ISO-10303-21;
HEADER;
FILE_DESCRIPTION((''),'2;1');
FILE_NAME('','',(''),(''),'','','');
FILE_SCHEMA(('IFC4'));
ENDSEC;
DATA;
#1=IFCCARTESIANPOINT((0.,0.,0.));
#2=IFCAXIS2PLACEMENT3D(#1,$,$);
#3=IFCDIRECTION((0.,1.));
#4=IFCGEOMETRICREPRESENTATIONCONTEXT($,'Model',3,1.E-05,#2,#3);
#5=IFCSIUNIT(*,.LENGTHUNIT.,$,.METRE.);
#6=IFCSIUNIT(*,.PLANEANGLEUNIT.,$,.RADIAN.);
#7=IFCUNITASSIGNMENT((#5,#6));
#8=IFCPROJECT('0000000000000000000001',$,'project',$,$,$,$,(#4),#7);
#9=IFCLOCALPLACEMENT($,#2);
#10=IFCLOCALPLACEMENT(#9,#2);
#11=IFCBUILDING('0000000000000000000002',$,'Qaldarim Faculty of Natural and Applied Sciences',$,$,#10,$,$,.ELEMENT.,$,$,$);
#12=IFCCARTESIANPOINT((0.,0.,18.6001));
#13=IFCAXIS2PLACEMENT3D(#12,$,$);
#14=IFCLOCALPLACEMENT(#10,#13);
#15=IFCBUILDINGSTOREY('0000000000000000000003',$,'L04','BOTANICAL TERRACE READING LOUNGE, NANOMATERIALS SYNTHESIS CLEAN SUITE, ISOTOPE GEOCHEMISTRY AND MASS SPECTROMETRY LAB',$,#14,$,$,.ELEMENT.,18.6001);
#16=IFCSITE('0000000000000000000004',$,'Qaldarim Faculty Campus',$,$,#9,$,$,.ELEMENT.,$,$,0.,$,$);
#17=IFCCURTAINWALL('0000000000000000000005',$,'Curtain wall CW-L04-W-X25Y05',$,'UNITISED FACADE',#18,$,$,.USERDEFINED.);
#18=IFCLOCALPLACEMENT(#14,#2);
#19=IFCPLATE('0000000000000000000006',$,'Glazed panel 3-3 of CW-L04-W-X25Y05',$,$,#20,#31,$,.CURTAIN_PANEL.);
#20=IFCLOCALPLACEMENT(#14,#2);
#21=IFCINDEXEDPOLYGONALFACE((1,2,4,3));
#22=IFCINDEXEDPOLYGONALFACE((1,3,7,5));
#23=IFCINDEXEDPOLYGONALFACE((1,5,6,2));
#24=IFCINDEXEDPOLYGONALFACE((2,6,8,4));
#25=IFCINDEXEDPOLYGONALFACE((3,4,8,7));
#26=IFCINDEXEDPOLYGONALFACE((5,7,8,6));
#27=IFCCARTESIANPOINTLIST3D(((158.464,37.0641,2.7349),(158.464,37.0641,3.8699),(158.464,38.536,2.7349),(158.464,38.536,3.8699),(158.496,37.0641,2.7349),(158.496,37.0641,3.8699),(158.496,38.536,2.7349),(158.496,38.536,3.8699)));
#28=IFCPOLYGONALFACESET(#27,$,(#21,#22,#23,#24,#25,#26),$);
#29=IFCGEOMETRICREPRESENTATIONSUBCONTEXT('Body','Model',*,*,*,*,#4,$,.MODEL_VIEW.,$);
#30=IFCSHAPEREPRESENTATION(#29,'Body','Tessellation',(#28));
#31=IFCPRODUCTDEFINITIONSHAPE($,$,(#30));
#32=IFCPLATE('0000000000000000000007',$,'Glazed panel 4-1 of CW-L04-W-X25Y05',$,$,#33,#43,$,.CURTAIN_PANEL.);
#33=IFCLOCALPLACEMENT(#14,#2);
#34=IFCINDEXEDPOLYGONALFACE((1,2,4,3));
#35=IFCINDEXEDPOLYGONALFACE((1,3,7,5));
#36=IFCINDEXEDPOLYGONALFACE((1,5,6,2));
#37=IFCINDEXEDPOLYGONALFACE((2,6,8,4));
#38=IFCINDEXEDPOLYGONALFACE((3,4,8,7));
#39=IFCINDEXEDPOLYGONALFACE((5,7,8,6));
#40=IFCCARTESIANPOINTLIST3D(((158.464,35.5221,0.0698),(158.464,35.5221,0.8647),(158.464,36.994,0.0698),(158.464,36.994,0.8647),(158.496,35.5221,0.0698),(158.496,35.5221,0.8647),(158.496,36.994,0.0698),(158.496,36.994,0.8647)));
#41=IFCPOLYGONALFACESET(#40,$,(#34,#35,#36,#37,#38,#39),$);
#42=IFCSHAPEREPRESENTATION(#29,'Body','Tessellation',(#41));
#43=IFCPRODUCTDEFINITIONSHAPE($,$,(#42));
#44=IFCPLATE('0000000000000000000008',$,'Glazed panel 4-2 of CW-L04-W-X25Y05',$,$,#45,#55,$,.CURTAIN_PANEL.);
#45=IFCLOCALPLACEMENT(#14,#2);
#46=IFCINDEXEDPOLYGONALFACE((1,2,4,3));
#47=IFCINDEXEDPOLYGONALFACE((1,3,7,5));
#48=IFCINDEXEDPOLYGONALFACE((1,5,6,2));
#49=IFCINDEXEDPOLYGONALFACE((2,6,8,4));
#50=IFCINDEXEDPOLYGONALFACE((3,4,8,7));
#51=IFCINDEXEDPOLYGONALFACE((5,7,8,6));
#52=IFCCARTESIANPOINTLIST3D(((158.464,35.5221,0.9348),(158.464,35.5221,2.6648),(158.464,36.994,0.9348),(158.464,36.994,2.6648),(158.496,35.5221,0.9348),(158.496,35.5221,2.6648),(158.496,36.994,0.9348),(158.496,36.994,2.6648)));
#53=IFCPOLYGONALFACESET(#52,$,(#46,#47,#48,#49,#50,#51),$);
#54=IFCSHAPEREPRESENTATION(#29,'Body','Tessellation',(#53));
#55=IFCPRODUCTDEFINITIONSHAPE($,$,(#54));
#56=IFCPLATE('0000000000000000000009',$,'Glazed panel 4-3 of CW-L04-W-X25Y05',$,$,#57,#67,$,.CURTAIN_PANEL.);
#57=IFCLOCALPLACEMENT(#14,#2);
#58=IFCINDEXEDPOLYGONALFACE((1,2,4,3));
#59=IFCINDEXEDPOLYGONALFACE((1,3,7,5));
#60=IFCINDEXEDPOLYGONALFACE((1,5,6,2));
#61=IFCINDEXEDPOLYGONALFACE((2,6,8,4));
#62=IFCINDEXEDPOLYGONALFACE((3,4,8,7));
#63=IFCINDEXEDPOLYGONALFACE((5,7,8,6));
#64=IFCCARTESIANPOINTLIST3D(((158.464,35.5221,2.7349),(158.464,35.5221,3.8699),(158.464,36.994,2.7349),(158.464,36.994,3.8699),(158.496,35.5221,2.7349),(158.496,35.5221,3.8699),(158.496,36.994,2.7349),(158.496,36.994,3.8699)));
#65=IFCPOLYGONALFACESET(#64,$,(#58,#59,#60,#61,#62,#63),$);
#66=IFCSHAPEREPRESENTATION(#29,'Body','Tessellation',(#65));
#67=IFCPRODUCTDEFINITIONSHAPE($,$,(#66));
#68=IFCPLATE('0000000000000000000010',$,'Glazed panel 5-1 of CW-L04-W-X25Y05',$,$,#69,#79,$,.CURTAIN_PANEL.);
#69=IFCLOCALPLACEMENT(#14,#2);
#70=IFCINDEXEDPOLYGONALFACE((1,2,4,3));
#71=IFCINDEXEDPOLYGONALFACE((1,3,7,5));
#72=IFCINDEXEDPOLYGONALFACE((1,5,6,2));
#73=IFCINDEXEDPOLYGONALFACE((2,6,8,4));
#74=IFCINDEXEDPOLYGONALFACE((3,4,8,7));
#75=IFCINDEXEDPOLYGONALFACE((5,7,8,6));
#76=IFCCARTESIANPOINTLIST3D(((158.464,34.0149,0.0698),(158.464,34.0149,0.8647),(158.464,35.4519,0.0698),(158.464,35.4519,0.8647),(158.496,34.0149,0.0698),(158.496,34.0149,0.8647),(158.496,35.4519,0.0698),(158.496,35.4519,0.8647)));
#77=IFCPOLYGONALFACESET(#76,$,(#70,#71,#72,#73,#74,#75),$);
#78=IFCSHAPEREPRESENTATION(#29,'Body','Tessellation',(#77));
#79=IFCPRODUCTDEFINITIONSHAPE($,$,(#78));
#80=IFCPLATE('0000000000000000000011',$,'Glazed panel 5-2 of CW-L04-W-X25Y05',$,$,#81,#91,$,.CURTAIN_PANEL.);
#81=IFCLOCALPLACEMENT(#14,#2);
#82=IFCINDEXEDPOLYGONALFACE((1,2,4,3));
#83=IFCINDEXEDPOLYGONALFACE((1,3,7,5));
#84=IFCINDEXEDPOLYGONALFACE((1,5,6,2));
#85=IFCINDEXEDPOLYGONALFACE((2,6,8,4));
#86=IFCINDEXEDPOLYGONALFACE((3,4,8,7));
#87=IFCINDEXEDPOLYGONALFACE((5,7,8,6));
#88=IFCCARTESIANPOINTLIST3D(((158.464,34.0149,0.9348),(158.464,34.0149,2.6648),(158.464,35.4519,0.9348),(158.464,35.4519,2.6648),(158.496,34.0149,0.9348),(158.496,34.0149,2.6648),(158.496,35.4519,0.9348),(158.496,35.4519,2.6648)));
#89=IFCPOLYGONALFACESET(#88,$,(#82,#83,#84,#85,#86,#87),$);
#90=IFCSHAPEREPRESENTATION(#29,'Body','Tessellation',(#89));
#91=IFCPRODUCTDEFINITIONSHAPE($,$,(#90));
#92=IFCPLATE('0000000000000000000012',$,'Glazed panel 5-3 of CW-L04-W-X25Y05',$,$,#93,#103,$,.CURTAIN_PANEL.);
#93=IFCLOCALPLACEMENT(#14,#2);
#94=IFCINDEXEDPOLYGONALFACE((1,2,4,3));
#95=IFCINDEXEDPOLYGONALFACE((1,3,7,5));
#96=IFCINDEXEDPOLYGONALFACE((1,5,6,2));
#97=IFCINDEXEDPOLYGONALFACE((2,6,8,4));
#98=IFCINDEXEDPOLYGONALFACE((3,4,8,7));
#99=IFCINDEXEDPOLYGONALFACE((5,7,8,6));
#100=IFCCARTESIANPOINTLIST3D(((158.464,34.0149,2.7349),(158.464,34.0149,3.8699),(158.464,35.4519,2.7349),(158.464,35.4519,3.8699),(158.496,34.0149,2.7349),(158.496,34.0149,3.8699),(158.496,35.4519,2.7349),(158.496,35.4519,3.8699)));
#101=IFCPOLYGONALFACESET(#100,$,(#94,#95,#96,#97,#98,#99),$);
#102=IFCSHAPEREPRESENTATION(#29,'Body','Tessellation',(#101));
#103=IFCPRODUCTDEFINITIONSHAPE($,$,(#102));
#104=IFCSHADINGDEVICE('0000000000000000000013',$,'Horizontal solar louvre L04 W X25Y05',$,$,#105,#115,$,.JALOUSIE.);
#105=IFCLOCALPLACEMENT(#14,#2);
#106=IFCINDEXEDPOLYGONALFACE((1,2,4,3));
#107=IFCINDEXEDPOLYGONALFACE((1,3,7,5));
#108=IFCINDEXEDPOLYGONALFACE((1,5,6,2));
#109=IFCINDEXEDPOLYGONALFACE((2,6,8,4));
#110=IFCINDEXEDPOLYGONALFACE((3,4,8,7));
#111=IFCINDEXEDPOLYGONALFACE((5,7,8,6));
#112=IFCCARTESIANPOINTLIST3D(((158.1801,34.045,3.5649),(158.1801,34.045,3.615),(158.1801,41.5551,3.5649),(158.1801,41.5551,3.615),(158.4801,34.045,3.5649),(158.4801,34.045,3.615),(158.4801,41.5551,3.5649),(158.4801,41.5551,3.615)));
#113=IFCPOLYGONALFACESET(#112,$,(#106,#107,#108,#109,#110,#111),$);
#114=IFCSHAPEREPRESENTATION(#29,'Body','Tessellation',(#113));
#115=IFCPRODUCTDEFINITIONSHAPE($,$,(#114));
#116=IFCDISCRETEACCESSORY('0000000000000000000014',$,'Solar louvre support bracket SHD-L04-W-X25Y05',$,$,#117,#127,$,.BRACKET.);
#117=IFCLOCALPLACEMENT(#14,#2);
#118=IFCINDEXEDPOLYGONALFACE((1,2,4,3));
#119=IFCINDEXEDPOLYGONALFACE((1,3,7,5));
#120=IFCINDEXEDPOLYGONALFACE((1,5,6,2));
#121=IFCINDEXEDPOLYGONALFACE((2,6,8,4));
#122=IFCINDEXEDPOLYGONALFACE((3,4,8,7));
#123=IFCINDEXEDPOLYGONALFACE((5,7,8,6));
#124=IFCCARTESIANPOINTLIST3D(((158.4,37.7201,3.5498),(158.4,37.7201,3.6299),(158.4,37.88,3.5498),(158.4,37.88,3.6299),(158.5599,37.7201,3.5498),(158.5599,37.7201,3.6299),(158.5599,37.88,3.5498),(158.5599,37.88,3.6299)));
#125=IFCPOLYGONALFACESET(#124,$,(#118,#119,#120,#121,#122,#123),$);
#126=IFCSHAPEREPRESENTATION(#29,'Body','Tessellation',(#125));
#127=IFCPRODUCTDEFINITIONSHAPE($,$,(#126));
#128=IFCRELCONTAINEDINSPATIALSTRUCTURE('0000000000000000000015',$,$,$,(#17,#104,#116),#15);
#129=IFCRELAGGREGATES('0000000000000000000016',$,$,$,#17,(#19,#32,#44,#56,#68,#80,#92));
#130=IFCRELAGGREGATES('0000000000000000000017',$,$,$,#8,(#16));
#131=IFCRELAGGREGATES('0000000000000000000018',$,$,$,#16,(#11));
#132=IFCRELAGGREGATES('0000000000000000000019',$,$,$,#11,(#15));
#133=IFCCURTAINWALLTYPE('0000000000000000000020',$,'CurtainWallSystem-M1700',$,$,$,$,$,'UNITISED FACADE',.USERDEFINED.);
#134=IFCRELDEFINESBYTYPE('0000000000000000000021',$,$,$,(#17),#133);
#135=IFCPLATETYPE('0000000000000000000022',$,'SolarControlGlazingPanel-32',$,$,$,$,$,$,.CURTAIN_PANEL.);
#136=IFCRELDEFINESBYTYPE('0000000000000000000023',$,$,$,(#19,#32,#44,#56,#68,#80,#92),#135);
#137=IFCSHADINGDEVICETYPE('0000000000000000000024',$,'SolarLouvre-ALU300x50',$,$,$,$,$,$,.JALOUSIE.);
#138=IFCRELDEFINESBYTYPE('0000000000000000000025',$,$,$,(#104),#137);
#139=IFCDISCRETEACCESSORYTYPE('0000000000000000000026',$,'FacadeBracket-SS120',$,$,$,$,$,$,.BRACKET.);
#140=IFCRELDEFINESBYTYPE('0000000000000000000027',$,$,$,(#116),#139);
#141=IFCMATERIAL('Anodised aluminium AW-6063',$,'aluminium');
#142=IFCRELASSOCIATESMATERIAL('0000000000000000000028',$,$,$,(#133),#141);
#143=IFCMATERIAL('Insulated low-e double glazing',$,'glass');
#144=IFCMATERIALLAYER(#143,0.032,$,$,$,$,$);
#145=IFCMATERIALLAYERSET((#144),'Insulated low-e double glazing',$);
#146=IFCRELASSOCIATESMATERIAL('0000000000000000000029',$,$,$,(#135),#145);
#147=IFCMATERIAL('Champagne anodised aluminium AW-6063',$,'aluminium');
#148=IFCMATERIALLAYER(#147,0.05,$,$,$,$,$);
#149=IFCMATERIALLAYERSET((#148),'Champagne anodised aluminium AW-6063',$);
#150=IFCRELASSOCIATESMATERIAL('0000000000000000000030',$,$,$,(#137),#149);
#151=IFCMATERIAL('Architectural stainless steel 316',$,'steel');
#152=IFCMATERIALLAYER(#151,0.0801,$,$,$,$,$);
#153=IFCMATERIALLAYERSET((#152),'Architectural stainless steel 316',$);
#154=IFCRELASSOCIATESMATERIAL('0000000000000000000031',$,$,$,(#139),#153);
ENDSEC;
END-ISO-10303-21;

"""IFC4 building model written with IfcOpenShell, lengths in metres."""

from ifc_helpers import new_model, si_unit, direction, frame, origin, origin_2d, place, context, subcontext, project, spatial, rectangle, extrude, material, layer, layer_set, type_object, element, aggregate, save


model = new_model("IFC4")

# Units and contexts
model_context = context("Model", 3, precision=1e-05, world=origin(), true_north=direction((0.0, 1.0)))
body_context = subcontext(model_context, "Body", "Model", "MODEL_VIEW")
ifc_project = project(units=[si_unit("LENGTHUNIT", "METRE"), si_unit("PLANEANGLEUNIT", "RADIAN")], contexts=[model_context])

# Site, building, storey
site_placement = place(None, origin())
site = spatial("IfcSite", under=ifc_project, at=site_placement, Name="Qaldarim Faculty Campus", CompositionType="ELEMENT", RefElevation=0.0)
building_placement = place(site_placement, origin())
building = spatial("IfcBuilding", under=site, at=building_placement, Name="Qaldarim Faculty of Natural and Applied Sciences", CompositionType="ELEMENT")
storey_placement = place(building_placement, frame((0.0, 0.0, 18.6001)))
storey = spatial("IfcBuildingStorey", under=building, at=storey_placement, Name="L04", Description="BOTANICAL TERRACE READING LOUNGE, NANOMATERIALS SYNTHESIS CLEAN SUITE, ISOTOPE GEOCHEMISTRY AND MASS SPECTROMETRY LAB", CompositionType="ELEMENT", Elevation=18.6001)

# Curtain wall, plates
ifc_material_1 = material(Name="Anodised aluminium AW-6063", Category="aluminium")
curtain_wall_type = type_object("IfcCurtainWallType", Name="CurtainWallSystem-M1700", ElementType="UNITISED FACADE", PredefinedType="USERDEFINED", material=ifc_material_1)
curtain_wall_placement = place(storey_placement, origin())
curtain_wall = element("IfcCurtainWall", 1, at=curtain_wall_placement, inside=storey, type_object=curtain_wall_type, Name="Curtain wall CW-L04-W-X25Y05", ObjectType="UNITISED FACADE", PredefinedType="USERDEFINED")
ifc_material_2 = material(Name="Insulated low-e double glazing", Category="glass")
ifc_layer_1 = layer(ifc_material_2, 0.032)
ifc_layer_set_1 = layer_set([ifc_layer_1], Name="Insulated low-e double glazing")
plate_type = type_object("IfcPlateType", Name="SolarControlGlazingPanel-32", PredefinedType="CURTAIN_PANEL", material=ifc_layer_set_1)
plate_1_placement = place(storey_placement, frame((158.48, 37.8, 2.7349), z_axis=(0.0, 0.0, 1.0), x_axis=(0.0, -1.0, 0.0)))
plate_1 = element("IfcPlate", 2, at=plate_1_placement, type_object=plate_type, Name="Glazed panel 3-3 of CW-L04-W-X25Y05", PredefinedType="CURTAIN_PANEL", context=body_context, shape_type="SweptSolid", body=[
    extrude(rectangle(XDim=1.4719, YDim=0.032, at=origin_2d()), origin(), (0.0, 0.0, 1.0), 1.135),
])
plate_2_placement = place(storey_placement, frame((158.48, 36.2581, 0.0698), z_axis=(0.0, 0.0, 1.0), x_axis=(0.0, -1.0, 0.0)))
plate_2 = element("IfcPlate", 3, at=plate_2_placement, type_object=plate_type, Name="Glazed panel 4-1 of CW-L04-W-X25Y05", PredefinedType="CURTAIN_PANEL", context=body_context, shape_type="SweptSolid", body=[
    extrude(rectangle(XDim=1.4719, YDim=0.032, at=origin_2d()), origin(), (0.0, 0.0, 1.0), 0.7949),
])
plate_3_placement = place(storey_placement, frame((158.48, 36.2581, 0.9348), z_axis=(0.0, 0.0, 1.0), x_axis=(0.0, -1.0, 0.0)))
plate_3 = element("IfcPlate", 4, at=plate_3_placement, type_object=plate_type, Name="Glazed panel 4-2 of CW-L04-W-X25Y05", PredefinedType="CURTAIN_PANEL", context=body_context, shape_type="SweptSolid", body=[
    extrude(rectangle(XDim=1.4719, YDim=0.032, at=origin_2d()), origin(), (0.0, 0.0, 1.0), 1.73),
])
plate_4_placement = place(storey_placement, frame((158.48, 36.2581, 2.7349), z_axis=(0.0, 0.0, 1.0), x_axis=(0.0, -1.0, 0.0)))
plate_4 = element("IfcPlate", 5, at=plate_4_placement, type_object=plate_type, Name="Glazed panel 4-3 of CW-L04-W-X25Y05", PredefinedType="CURTAIN_PANEL", context=body_context, shape_type="SweptSolid", body=[
    extrude(rectangle(XDim=1.4719, YDim=0.032, at=origin_2d()), origin(), (0.0, 0.0, 1.0), 1.135),
])
plate_5_placement = place(storey_placement, frame((158.48, 34.7334, 0.0698), z_axis=(0.0, 0.0, 1.0), x_axis=(0.0, -1.0, 0.0)))
plate_5 = element("IfcPlate", 6, at=plate_5_placement, type_object=plate_type, Name="Glazed panel 5-1 of CW-L04-W-X25Y05", PredefinedType="CURTAIN_PANEL", context=body_context, shape_type="SweptSolid", body=[
    extrude(rectangle(XDim=1.437, YDim=0.032, at=origin_2d()), origin(), (0.0, 0.0, 1.0), 0.7949),
])
plate_6_placement = place(storey_placement, frame((158.48, 34.7334, 0.9348), z_axis=(0.0, 0.0, 1.0), x_axis=(0.0, -1.0, 0.0)))
plate_6 = element("IfcPlate", 7, at=plate_6_placement, type_object=plate_type, Name="Glazed panel 5-2 of CW-L04-W-X25Y05", PredefinedType="CURTAIN_PANEL", context=body_context, shape_type="SweptSolid", body=[
    extrude(rectangle(XDim=1.437, YDim=0.032, at=origin_2d()), origin(), (0.0, 0.0, 1.0), 1.73),
])
plate_7_placement = place(storey_placement, frame((158.48, 34.7334, 2.7349), z_axis=(0.0, 0.0, 1.0), x_axis=(0.0, -1.0, 0.0)))
plate_7 = element("IfcPlate", 8, at=plate_7_placement, type_object=plate_type, Name="Glazed panel 5-3 of CW-L04-W-X25Y05", PredefinedType="CURTAIN_PANEL", context=body_context, shape_type="SweptSolid", body=[
    extrude(rectangle(XDim=1.437, YDim=0.032, at=origin_2d()), origin(), (0.0, 0.0, 1.0), 1.135),
])
aggregate(curtain_wall, [plate_1, plate_2, plate_3, plate_4, plate_5, plate_6, plate_7])

# Shading device
ifc_material_3 = material(Name="Champagne anodised aluminium AW-6063", Category="aluminium")
ifc_layer_2 = layer(ifc_material_3, 0.05)
ifc_layer_set_2 = layer_set([ifc_layer_2], Name="Champagne anodised aluminium AW-6063")
shading_device_type = type_object("IfcShadingDeviceType", Name="SolarLouvre-ALU300x50", PredefinedType="JALOUSIE", material=ifc_layer_set_2)
shading_device_placement = place(storey_placement, frame((158.3301, 37.8, 3.5649), z_axis=(0.0, 0.0, 1.0), x_axis=(0.0, 1.0, 0.0)))
element("IfcShadingDevice", 9, at=shading_device_placement, inside=storey, type_object=shading_device_type, Name="Horizontal solar louvre L04 W X25Y05", PredefinedType="JALOUSIE", context=body_context, shape_type="SweptSolid", body=[
    extrude(rectangle(XDim=7.51, YDim=0.3, at=origin_2d()), origin(), (0.0, 0.0, 1.0), 0.05),
])

# Discrete accessory
ifc_material_4 = material(Name="Architectural stainless steel 316", Category="steel")
ifc_layer_3 = layer(ifc_material_4, 0.0801)
ifc_layer_set_3 = layer_set([ifc_layer_3], Name="Architectural stainless steel 316")
discrete_accessory_type = type_object("IfcDiscreteAccessoryType", Name="FacadeBracket-SS120", PredefinedType="BRACKET", material=ifc_layer_set_3)
discrete_accessory_placement = place(storey_placement, frame((158.48, 37.8, 3.5498), z_axis=(0.0, 0.0, 1.0), x_axis=(0.0, 1.0, 0.0)))
element("IfcDiscreteAccessory", 10, at=discrete_accessory_placement, inside=storey, type_object=discrete_accessory_type, Name="Solar louvre support bracket SHD-L04-W-X25Y05", PredefinedType="BRACKET", context=body_context, shape_type="SweptSolid", body=[
    extrude(rectangle(XDim=0.1599, YDim=0.1599, at=origin_2d()), origin(), (0.0, 0.0, 1.0), 0.0801),
])

save(model, "model.ifc")
